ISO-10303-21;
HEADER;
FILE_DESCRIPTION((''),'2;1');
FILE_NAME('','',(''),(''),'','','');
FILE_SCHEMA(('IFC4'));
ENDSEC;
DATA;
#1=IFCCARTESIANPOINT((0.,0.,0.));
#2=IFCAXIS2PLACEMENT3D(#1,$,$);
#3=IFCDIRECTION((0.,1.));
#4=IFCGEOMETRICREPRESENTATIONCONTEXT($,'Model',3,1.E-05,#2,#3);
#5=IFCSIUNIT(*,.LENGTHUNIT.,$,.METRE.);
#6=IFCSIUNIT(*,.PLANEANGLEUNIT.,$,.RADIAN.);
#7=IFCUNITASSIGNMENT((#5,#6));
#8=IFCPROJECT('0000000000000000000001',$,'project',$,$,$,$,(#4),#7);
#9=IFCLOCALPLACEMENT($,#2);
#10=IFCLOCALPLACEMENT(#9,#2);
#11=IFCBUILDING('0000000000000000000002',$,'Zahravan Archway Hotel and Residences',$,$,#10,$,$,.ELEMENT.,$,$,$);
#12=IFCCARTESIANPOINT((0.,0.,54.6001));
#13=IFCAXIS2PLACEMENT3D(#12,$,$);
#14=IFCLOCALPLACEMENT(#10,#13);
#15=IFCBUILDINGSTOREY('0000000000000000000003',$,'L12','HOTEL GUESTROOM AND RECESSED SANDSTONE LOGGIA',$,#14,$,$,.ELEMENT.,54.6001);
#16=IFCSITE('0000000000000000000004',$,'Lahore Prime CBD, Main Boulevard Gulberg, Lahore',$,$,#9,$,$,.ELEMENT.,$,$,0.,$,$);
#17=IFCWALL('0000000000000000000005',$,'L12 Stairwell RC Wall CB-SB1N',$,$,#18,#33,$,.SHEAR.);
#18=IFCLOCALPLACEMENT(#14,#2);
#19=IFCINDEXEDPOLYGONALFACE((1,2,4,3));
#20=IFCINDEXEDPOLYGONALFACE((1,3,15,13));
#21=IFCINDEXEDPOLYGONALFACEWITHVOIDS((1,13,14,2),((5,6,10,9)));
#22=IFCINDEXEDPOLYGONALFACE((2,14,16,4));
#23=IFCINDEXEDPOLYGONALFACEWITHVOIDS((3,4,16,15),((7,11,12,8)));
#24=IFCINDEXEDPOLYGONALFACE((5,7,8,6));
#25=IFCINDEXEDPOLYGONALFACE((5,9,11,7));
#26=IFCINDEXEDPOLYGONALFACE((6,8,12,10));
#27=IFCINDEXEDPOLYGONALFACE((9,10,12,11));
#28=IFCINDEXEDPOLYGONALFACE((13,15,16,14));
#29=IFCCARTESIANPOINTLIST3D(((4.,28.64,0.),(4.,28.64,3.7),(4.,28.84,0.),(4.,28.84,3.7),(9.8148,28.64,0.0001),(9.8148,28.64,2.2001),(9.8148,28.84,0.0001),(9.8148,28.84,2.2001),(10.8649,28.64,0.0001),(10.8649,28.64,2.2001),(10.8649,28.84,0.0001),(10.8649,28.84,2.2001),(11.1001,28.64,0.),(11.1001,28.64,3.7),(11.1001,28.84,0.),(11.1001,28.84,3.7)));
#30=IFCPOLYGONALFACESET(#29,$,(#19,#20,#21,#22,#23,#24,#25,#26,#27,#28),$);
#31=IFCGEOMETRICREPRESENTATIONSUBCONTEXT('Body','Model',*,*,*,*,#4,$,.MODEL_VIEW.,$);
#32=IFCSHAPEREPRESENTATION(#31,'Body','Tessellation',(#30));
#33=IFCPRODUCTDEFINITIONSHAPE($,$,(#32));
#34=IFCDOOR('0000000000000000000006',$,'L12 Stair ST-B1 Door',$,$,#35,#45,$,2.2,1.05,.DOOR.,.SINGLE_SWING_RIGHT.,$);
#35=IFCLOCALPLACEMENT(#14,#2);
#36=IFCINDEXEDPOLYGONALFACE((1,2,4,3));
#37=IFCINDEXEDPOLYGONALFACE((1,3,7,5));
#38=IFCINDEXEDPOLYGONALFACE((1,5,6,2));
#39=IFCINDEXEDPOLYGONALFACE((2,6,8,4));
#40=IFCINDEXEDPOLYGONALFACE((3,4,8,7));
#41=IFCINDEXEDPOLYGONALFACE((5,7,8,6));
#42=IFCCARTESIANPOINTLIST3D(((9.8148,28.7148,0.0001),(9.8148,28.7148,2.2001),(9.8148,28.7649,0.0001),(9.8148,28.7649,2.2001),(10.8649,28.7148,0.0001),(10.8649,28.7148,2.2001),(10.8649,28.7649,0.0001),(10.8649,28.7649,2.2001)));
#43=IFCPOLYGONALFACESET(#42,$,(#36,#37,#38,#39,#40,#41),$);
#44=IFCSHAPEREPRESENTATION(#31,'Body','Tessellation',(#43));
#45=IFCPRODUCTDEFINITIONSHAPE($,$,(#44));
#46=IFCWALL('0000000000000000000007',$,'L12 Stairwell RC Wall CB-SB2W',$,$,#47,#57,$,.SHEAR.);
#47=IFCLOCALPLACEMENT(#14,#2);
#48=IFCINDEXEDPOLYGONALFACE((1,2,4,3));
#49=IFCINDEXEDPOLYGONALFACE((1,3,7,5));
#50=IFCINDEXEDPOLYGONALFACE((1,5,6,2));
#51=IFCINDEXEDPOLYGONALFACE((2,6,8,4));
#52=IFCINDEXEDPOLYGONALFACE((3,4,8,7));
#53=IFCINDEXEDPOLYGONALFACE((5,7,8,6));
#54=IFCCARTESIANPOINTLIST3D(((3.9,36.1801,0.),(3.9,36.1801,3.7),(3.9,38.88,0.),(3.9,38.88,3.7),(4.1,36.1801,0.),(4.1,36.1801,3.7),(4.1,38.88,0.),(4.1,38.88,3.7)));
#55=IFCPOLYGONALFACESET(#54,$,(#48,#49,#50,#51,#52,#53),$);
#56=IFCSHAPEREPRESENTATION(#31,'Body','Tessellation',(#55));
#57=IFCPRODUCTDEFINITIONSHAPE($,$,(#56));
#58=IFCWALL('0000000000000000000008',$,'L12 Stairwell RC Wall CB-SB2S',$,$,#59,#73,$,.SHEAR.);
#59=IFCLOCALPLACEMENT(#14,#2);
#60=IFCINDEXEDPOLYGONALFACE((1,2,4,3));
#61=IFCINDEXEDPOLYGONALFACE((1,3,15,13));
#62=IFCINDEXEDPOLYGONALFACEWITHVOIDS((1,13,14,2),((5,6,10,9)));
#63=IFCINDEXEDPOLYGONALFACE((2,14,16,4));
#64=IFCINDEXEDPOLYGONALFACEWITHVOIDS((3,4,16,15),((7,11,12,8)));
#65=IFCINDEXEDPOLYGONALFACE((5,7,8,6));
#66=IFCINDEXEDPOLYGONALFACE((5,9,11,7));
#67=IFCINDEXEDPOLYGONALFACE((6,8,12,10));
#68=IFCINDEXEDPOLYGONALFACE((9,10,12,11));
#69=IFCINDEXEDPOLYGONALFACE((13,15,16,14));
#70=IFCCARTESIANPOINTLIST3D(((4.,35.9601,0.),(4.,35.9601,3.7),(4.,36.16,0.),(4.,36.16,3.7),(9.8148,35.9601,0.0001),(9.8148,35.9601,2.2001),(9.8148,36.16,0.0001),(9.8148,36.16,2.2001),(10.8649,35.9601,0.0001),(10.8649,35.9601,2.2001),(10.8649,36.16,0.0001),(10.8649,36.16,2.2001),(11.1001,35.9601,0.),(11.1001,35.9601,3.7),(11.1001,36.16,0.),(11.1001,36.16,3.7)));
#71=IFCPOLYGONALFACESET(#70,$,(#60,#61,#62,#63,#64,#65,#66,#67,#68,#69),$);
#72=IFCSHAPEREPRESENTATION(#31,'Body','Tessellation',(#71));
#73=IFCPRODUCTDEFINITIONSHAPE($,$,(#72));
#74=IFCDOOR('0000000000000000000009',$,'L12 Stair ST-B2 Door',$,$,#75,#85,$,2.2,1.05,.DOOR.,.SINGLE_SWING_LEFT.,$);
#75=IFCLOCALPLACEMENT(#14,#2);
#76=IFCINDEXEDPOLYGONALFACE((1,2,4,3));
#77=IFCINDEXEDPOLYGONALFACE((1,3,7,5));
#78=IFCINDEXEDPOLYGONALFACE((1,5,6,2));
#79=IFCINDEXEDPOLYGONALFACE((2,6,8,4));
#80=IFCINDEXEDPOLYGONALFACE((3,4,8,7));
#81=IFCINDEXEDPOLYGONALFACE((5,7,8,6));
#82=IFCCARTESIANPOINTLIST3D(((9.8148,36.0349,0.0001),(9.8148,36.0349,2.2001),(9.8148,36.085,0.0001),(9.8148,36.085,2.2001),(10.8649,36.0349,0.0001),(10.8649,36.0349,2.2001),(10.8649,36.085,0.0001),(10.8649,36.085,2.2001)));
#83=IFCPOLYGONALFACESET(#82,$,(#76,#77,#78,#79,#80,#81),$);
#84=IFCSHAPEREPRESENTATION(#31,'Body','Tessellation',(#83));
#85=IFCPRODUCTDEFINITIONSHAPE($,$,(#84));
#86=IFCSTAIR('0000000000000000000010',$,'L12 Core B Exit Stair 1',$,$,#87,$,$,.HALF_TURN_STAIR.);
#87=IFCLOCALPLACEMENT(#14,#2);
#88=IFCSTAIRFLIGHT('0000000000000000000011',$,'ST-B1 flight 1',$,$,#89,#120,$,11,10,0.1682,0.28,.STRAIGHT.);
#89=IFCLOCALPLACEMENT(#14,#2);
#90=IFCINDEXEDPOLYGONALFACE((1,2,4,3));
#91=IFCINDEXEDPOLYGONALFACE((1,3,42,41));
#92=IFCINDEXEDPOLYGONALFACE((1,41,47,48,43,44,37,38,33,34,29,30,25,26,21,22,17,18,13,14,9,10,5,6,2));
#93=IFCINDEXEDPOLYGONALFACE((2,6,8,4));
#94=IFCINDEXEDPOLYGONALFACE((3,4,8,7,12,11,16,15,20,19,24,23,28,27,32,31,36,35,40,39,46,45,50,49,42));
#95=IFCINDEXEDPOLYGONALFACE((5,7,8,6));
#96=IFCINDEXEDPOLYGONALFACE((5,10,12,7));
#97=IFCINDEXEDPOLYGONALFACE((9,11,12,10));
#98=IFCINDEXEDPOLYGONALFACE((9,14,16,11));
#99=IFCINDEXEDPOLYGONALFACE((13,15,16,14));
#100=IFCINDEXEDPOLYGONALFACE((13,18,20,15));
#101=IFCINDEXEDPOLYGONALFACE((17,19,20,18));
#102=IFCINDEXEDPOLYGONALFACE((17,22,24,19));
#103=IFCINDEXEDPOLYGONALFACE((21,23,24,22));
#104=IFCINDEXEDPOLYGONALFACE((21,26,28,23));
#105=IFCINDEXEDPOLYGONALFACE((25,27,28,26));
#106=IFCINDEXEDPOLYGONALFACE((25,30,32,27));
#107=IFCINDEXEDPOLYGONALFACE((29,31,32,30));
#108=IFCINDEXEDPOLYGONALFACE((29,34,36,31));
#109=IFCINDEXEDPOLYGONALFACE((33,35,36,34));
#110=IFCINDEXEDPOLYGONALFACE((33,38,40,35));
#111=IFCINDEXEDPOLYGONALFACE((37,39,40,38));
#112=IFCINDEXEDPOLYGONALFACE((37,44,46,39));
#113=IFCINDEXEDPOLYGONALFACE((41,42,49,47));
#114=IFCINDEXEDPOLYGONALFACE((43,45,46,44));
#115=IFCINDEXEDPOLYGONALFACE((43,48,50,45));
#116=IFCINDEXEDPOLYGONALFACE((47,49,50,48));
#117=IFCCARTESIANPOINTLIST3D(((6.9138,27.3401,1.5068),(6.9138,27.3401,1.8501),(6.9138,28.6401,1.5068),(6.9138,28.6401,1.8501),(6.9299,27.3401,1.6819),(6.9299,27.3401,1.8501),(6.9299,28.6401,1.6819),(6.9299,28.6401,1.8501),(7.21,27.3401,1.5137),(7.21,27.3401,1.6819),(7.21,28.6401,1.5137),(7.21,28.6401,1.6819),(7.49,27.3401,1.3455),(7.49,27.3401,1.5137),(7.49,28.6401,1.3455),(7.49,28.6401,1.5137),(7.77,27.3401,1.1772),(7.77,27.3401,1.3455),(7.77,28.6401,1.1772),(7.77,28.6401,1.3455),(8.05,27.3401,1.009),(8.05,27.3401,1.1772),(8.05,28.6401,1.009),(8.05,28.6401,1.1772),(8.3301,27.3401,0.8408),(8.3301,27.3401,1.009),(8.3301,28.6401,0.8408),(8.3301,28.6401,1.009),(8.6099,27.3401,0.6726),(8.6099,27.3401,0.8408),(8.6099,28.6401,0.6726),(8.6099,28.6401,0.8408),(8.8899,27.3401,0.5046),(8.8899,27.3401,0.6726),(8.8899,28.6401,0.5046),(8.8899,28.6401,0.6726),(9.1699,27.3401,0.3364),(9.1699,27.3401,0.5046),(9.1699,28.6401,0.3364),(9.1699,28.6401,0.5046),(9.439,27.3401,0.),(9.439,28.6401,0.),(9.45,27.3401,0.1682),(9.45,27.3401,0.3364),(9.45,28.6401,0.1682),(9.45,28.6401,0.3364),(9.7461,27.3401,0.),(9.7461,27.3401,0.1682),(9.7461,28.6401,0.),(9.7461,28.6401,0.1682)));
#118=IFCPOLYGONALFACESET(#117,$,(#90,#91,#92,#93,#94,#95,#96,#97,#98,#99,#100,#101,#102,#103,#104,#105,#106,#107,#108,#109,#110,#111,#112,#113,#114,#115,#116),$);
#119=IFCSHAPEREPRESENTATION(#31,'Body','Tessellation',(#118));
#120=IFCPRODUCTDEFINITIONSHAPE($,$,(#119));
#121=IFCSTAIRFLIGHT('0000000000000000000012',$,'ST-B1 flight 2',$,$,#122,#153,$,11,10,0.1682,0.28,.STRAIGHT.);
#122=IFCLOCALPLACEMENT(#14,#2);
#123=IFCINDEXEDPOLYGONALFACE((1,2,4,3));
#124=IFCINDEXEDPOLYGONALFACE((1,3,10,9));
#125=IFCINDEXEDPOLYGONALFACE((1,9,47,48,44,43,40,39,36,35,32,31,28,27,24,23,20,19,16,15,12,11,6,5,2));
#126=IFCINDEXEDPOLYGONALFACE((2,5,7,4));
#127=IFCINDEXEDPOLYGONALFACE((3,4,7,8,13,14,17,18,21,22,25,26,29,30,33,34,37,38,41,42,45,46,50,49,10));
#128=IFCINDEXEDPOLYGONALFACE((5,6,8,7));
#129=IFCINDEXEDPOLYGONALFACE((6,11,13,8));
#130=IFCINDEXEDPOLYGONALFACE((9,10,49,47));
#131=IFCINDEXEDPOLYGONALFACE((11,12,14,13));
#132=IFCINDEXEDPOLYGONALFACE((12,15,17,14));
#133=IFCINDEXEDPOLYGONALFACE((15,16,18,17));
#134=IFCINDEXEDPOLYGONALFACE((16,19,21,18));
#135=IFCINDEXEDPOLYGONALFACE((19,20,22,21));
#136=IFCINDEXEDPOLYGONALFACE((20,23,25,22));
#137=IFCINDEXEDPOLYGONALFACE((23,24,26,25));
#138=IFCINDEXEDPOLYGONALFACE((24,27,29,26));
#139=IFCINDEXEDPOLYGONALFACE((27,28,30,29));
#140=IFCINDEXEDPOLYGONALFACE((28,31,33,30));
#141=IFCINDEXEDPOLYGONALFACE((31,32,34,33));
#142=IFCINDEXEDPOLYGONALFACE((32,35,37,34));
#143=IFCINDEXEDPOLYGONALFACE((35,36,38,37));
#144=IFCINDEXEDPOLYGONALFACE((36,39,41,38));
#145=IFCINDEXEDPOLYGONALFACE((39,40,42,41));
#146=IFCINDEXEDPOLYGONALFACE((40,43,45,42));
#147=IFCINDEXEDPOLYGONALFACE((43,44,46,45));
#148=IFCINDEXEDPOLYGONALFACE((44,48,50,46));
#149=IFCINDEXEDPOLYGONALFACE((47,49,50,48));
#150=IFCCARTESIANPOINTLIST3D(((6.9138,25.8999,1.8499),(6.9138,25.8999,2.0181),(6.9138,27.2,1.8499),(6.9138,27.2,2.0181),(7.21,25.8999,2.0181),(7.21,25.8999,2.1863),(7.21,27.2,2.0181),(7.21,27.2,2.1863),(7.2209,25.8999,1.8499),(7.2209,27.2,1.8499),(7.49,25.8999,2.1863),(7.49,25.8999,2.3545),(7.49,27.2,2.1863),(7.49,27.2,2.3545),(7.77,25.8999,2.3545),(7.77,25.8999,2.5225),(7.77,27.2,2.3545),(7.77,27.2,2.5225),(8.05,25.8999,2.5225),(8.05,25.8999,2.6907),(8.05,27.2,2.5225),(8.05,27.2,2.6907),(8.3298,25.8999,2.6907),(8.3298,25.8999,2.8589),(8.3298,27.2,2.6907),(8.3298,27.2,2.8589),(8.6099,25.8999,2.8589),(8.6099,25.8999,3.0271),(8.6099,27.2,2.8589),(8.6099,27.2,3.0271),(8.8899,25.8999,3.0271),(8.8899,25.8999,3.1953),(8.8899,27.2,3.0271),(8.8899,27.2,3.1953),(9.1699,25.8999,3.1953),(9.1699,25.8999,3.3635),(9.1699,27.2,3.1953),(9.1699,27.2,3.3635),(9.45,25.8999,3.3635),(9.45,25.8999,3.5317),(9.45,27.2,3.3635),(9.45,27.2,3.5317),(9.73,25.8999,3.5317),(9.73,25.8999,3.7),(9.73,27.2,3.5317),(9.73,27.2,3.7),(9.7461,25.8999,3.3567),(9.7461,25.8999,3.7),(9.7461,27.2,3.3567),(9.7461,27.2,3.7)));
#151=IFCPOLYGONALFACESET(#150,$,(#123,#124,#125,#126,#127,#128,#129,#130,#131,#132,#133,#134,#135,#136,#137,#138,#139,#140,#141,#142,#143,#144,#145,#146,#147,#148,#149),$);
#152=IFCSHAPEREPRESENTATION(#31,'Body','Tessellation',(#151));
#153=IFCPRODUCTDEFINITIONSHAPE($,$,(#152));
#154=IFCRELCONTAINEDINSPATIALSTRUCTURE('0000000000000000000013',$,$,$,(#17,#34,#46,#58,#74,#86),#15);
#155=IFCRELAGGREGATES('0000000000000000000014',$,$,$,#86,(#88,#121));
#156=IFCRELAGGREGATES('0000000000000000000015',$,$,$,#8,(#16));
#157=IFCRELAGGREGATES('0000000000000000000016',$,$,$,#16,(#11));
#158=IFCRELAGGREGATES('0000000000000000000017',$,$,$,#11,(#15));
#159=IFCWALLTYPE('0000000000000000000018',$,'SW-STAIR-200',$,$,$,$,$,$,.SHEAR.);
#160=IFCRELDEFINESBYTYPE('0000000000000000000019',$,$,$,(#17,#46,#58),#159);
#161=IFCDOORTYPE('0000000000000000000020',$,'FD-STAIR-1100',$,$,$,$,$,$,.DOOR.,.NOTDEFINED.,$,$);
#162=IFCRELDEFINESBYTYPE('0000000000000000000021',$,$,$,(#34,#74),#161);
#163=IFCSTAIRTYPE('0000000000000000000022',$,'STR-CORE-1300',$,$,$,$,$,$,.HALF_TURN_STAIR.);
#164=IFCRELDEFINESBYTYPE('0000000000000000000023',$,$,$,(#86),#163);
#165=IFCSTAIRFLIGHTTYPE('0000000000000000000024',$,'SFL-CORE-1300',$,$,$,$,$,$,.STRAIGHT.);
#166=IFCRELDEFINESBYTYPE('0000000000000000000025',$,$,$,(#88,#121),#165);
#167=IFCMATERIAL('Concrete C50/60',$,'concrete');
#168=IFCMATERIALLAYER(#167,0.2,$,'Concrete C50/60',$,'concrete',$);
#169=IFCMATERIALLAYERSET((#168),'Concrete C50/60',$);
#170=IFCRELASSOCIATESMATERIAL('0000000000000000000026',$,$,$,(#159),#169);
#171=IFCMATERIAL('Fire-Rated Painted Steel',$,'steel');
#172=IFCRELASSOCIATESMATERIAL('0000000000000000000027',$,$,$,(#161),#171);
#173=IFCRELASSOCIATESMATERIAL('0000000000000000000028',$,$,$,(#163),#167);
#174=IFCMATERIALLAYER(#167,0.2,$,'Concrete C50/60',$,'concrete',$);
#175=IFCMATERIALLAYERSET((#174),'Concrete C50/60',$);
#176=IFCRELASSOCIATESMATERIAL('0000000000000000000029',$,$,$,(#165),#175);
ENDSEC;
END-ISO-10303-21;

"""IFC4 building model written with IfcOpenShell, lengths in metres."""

from ifc_helpers import new_model, si_unit, direction, frame, frame_2d, origin, place, context, subcontext, project, spatial, polyline, rectangle, outline, extrude, source, transform, mapped, material, layer, layer_set, type_object, type_shapes, element, fill, aggregate, save


model = new_model("IFC4")

# Units and contexts
model_context = context("Model", 3, precision=1e-05, world=origin(), true_north=direction((0.0, 1.0)))
body_context = subcontext(model_context, "Body", "Model", "MODEL_VIEW")
ifc_project = project(units=[si_unit("LENGTHUNIT", "METRE"), si_unit("PLANEANGLEUNIT", "RADIAN")], contexts=[model_context])

# Site, building, storey
site_placement = place(None, origin())
site = spatial("IfcSite", under=ifc_project, at=site_placement, Name="Lahore Prime CBD, Main Boulevard Gulberg, Lahore", CompositionType="ELEMENT", RefElevation=0.0)
building_placement = place(site_placement, origin())
building = spatial("IfcBuilding", under=site, at=building_placement, Name="Zahravan Archway Hotel and Residences", CompositionType="ELEMENT")
storey_placement = place(building_placement, frame((0.0, 0.0, 54.6001)))
storey = spatial("IfcBuildingStorey", under=building, at=storey_placement, Name="L12", Description="HOTEL GUESTROOM AND RECESSED SANDSTONE LOGGIA", CompositionType="ELEMENT", Elevation=54.6001)

# Shared definitions
ifc_material_1 = material(Name="Fire-Rated Painted Steel", Category="steel")

# Shared definitions
ifc_material_2 = material(Name="Concrete C50/60", Category="concrete")
ifc_layer_1 = layer(ifc_material_2, 0.2, Name="Concrete C50/60", Category="concrete")
ifc_layer_set_1 = layer_set([ifc_layer_1], Name="Concrete C50/60")
wall_type_1 = type_object("IfcWallType", Name="SW-STAIR-200", PredefinedType="SHEAR", material=ifc_layer_set_1)

# Wall, opening, door
wall_1_placement = place(storey_placement, frame((4.0, 28.74, 0.0), z_axis=(0.0, 0.0, 1.0), x_axis=(1.0, 0.0, 0.0)))
wall_1 = element("IfcWall", 1, at=wall_1_placement, inside=storey, type_object=wall_type_1, Name="L12 Stairwell RC Wall CB-SB1N", PredefinedType="SHEAR", context=body_context, shape_type="SweptSolid", body=[
    extrude(rectangle(XDim=7.1001, YDim=0.2, at=frame_2d((3.55, 0.0))), origin(), (0.0, 0.0, 1.0), 3.7),
])
opening_1_placement = place(wall_1_placement, frame((5.8149, 0.0, 0.0)))
opening_1 = element("IfcOpeningElement", 2, at=opening_1_placement, cuts=wall_1, PredefinedType="OPENING", context=body_context, shape_type="SweptSolid", body=[
    extrude(rectangle(XDim=1.05, YDim=2.2, at=frame_2d((0.5249, 1.1001))), frame((0.0, 0.1099, 0.0), z_axis=(0.0, -1.0, 0.0), x_axis=(1.0, 0.0, 0.0)), (0.0, 0.0, 1.0), 0.22),
])
door_type_1 = type_object("IfcDoorType", Name="FD-STAIR-1100", OperationType="NOTDEFINED", PredefinedType="DOOR", material=ifc_material_1)
shared_shape_1 = source(origin(), body_context, "Body", "SweptSolid", [
    extrude(rectangle(XDim=1.05, YDim=2.2, at=frame_2d((0.5249, 1.1001))), frame((0.0, 0.0249, 0.0), z_axis=(0.0, -1.0, 0.0), x_axis=(1.0, 0.0, 0.0)), (0.0, 0.0, 1.0), 0.05),
])
type_shapes(door_type_1, [shared_shape_1])
door_1_placement = place(opening_1_placement, origin())
door_1 = element("IfcDoor", 3, at=door_1_placement, inside=storey, type_object=door_type_1, Name="L12 Stair ST-B1 Door", OperationType="SINGLE_SWING_RIGHT", OverallHeight=2.2, OverallWidth=1.05, PredefinedType="DOOR", context=body_context, shape_type="MappedRepresentation", body=[
    mapped(shared_shape_1, transform((0.0, 0.0, 0.0), scale=1.0)),
])
fill(opening_1, door_1)

# Wall
wall_2_placement = place(storey_placement, frame((4.0, 36.1799, 0.0), z_axis=(0.0, 0.0, 1.0), x_axis=(0.0, 1.0, 0.0)))
element("IfcWall", 4, at=wall_2_placement, inside=storey, type_object=wall_type_1, Name="L12 Stairwell RC Wall CB-SB2W", PredefinedType="SHEAR", context=body_context, shape_type="SweptSolid", body=[
    extrude(rectangle(XDim=2.7, YDim=0.2, at=frame_2d((1.3501, 0.0))), origin(), (0.0, 0.0, 1.0), 3.7),
])

# Wall, opening, door
wall_3_placement = place(storey_placement, frame((4.0, 36.0601, 0.0), z_axis=(0.0, 0.0, 1.0), x_axis=(1.0, 0.0, 0.0)))
wall_3 = element("IfcWall", 5, at=wall_3_placement, inside=storey, type_object=wall_type_1, Name="L12 Stairwell RC Wall CB-SB2S", PredefinedType="SHEAR", context=body_context, shape_type="SweptSolid", body=[
    extrude(rectangle(XDim=7.1001, YDim=0.2, at=frame_2d((3.55, 0.0))), origin(), (0.0, 0.0, 1.0), 3.7),
])
opening_2_placement = place(wall_3_placement, frame((5.8149, 0.0, 0.0)))
opening_2 = element("IfcOpeningElement", 6, at=opening_2_placement, cuts=wall_3, PredefinedType="OPENING", context=body_context, shape_type="SweptSolid", body=[
    extrude(rectangle(XDim=1.05, YDim=2.2, at=frame_2d((0.5249, 1.1001))), frame((0.0, 0.1099, 0.0), z_axis=(0.0, -1.0, 0.0), x_axis=(1.0, 0.0, 0.0)), (0.0, 0.0, 1.0), 0.22),
])
door_2_placement = place(opening_2_placement, origin())
door_2 = element("IfcDoor", 7, at=door_2_placement, inside=storey, type_object=door_type_1, Name="L12 Stair ST-B2 Door", OperationType="SINGLE_SWING_LEFT", OverallHeight=2.2, OverallWidth=1.05, PredefinedType="DOOR", context=body_context, shape_type="MappedRepresentation", body=[
    mapped(shared_shape_1, transform((0.0, 0.0, 0.0), scale=1.0)),
])
fill(opening_2, door_2)

# Stair, stair flights
stair_type = type_object("IfcStairType", Name="STR-CORE-1300", PredefinedType="HALF_TURN_STAIR", material=ifc_material_2)
stair_1_placement = place(storey_placement, origin())
stair_1 = element("IfcStair", 8, at=stair_1_placement, inside=storey, type_object=stair_type, Name="L12 Core B Exit Stair 1", PredefinedType="HALF_TURN_STAIR")
ifc_layer_2 = layer(ifc_material_2, 0.2, Name="Concrete C50/60", Category="concrete")
ifc_layer_set_2 = layer_set([ifc_layer_2], Name="Concrete C50/60")
stair_flight_type = type_object("IfcStairFlightType", Name="SFL-CORE-1300", PredefinedType="STRAIGHT", material=ifc_layer_set_2)
shared_shape_2 = source(origin(), body_context, "Body", "SweptSolid", [
    extrude(outline(polyline([(-0.0161, 0.0), (-0.0161, 0.1682), (0.28, 0.1682), (0.28, 0.3364), (0.5601, 0.3364), (0.5601, 0.5046), (0.8401, 0.5046), (0.8401, 0.6726), (1.1201, 0.6726), (1.1201, 0.8408), (1.3999, 0.8408), (1.3999, 1.009), (1.6799, 1.009), (1.6799, 1.1772), (1.96, 1.1772), (1.96, 1.3455), (2.24, 1.3455), (2.24, 1.5137), (2.52, 1.5137), (2.52, 1.6819), (2.8, 1.6819), (2.8, 1.8501), (2.8162, 1.8501), (2.8162, 1.5068), (0.291, 0.0), (-0.0161, 0.0)])), frame((0.0, 0.6499, 0.0), z_axis=(0.0, -1.0, 0.0), x_axis=(1.0, 0.0, 0.0)), (0.0, 0.0, 1.0), 1.3),
])
stair_flight_1_placement = place(storey_placement, frame((9.73, 27.99, 0.0), z_axis=(0.0, 0.0, 1.0), x_axis=(-1.0, 0.0, 0.0)))
stair_flight_1 = element("IfcStairFlight", 9, at=stair_flight_1_placement, type_object=stair_flight_type, Name="ST-B1 flight 1", NumberOfRisers=11, NumberOfTreads=10, PredefinedType="STRAIGHT", RiserHeight=0.1682, TreadLength=0.28, context=body_context, shape_type="MappedRepresentation", body=[
    mapped(shared_shape_2, transform((0.0, 0.0, 0.0), scale=1.0)),
])
stair_flight_2_placement = place(storey_placement, frame((6.9299, 26.55, 1.8499), z_axis=(0.0, 0.0, 1.0), x_axis=(1.0, 0.0, 0.0)))
stair_flight_2 = element("IfcStairFlight", 10, at=stair_flight_2_placement, type_object=stair_flight_type, Name="ST-B1 flight 2", NumberOfRisers=11, NumberOfTreads=10, PredefinedType="STRAIGHT", RiserHeight=0.1682, TreadLength=0.28, context=body_context, shape_type="MappedRepresentation", body=[
    mapped(shared_shape_2, transform((0.0, 0.0, 0.0), scale=1.0)),
])
aggregate(stair_1, [stair_flight_1, stair_flight_2])

save(model, "model.ifc")
